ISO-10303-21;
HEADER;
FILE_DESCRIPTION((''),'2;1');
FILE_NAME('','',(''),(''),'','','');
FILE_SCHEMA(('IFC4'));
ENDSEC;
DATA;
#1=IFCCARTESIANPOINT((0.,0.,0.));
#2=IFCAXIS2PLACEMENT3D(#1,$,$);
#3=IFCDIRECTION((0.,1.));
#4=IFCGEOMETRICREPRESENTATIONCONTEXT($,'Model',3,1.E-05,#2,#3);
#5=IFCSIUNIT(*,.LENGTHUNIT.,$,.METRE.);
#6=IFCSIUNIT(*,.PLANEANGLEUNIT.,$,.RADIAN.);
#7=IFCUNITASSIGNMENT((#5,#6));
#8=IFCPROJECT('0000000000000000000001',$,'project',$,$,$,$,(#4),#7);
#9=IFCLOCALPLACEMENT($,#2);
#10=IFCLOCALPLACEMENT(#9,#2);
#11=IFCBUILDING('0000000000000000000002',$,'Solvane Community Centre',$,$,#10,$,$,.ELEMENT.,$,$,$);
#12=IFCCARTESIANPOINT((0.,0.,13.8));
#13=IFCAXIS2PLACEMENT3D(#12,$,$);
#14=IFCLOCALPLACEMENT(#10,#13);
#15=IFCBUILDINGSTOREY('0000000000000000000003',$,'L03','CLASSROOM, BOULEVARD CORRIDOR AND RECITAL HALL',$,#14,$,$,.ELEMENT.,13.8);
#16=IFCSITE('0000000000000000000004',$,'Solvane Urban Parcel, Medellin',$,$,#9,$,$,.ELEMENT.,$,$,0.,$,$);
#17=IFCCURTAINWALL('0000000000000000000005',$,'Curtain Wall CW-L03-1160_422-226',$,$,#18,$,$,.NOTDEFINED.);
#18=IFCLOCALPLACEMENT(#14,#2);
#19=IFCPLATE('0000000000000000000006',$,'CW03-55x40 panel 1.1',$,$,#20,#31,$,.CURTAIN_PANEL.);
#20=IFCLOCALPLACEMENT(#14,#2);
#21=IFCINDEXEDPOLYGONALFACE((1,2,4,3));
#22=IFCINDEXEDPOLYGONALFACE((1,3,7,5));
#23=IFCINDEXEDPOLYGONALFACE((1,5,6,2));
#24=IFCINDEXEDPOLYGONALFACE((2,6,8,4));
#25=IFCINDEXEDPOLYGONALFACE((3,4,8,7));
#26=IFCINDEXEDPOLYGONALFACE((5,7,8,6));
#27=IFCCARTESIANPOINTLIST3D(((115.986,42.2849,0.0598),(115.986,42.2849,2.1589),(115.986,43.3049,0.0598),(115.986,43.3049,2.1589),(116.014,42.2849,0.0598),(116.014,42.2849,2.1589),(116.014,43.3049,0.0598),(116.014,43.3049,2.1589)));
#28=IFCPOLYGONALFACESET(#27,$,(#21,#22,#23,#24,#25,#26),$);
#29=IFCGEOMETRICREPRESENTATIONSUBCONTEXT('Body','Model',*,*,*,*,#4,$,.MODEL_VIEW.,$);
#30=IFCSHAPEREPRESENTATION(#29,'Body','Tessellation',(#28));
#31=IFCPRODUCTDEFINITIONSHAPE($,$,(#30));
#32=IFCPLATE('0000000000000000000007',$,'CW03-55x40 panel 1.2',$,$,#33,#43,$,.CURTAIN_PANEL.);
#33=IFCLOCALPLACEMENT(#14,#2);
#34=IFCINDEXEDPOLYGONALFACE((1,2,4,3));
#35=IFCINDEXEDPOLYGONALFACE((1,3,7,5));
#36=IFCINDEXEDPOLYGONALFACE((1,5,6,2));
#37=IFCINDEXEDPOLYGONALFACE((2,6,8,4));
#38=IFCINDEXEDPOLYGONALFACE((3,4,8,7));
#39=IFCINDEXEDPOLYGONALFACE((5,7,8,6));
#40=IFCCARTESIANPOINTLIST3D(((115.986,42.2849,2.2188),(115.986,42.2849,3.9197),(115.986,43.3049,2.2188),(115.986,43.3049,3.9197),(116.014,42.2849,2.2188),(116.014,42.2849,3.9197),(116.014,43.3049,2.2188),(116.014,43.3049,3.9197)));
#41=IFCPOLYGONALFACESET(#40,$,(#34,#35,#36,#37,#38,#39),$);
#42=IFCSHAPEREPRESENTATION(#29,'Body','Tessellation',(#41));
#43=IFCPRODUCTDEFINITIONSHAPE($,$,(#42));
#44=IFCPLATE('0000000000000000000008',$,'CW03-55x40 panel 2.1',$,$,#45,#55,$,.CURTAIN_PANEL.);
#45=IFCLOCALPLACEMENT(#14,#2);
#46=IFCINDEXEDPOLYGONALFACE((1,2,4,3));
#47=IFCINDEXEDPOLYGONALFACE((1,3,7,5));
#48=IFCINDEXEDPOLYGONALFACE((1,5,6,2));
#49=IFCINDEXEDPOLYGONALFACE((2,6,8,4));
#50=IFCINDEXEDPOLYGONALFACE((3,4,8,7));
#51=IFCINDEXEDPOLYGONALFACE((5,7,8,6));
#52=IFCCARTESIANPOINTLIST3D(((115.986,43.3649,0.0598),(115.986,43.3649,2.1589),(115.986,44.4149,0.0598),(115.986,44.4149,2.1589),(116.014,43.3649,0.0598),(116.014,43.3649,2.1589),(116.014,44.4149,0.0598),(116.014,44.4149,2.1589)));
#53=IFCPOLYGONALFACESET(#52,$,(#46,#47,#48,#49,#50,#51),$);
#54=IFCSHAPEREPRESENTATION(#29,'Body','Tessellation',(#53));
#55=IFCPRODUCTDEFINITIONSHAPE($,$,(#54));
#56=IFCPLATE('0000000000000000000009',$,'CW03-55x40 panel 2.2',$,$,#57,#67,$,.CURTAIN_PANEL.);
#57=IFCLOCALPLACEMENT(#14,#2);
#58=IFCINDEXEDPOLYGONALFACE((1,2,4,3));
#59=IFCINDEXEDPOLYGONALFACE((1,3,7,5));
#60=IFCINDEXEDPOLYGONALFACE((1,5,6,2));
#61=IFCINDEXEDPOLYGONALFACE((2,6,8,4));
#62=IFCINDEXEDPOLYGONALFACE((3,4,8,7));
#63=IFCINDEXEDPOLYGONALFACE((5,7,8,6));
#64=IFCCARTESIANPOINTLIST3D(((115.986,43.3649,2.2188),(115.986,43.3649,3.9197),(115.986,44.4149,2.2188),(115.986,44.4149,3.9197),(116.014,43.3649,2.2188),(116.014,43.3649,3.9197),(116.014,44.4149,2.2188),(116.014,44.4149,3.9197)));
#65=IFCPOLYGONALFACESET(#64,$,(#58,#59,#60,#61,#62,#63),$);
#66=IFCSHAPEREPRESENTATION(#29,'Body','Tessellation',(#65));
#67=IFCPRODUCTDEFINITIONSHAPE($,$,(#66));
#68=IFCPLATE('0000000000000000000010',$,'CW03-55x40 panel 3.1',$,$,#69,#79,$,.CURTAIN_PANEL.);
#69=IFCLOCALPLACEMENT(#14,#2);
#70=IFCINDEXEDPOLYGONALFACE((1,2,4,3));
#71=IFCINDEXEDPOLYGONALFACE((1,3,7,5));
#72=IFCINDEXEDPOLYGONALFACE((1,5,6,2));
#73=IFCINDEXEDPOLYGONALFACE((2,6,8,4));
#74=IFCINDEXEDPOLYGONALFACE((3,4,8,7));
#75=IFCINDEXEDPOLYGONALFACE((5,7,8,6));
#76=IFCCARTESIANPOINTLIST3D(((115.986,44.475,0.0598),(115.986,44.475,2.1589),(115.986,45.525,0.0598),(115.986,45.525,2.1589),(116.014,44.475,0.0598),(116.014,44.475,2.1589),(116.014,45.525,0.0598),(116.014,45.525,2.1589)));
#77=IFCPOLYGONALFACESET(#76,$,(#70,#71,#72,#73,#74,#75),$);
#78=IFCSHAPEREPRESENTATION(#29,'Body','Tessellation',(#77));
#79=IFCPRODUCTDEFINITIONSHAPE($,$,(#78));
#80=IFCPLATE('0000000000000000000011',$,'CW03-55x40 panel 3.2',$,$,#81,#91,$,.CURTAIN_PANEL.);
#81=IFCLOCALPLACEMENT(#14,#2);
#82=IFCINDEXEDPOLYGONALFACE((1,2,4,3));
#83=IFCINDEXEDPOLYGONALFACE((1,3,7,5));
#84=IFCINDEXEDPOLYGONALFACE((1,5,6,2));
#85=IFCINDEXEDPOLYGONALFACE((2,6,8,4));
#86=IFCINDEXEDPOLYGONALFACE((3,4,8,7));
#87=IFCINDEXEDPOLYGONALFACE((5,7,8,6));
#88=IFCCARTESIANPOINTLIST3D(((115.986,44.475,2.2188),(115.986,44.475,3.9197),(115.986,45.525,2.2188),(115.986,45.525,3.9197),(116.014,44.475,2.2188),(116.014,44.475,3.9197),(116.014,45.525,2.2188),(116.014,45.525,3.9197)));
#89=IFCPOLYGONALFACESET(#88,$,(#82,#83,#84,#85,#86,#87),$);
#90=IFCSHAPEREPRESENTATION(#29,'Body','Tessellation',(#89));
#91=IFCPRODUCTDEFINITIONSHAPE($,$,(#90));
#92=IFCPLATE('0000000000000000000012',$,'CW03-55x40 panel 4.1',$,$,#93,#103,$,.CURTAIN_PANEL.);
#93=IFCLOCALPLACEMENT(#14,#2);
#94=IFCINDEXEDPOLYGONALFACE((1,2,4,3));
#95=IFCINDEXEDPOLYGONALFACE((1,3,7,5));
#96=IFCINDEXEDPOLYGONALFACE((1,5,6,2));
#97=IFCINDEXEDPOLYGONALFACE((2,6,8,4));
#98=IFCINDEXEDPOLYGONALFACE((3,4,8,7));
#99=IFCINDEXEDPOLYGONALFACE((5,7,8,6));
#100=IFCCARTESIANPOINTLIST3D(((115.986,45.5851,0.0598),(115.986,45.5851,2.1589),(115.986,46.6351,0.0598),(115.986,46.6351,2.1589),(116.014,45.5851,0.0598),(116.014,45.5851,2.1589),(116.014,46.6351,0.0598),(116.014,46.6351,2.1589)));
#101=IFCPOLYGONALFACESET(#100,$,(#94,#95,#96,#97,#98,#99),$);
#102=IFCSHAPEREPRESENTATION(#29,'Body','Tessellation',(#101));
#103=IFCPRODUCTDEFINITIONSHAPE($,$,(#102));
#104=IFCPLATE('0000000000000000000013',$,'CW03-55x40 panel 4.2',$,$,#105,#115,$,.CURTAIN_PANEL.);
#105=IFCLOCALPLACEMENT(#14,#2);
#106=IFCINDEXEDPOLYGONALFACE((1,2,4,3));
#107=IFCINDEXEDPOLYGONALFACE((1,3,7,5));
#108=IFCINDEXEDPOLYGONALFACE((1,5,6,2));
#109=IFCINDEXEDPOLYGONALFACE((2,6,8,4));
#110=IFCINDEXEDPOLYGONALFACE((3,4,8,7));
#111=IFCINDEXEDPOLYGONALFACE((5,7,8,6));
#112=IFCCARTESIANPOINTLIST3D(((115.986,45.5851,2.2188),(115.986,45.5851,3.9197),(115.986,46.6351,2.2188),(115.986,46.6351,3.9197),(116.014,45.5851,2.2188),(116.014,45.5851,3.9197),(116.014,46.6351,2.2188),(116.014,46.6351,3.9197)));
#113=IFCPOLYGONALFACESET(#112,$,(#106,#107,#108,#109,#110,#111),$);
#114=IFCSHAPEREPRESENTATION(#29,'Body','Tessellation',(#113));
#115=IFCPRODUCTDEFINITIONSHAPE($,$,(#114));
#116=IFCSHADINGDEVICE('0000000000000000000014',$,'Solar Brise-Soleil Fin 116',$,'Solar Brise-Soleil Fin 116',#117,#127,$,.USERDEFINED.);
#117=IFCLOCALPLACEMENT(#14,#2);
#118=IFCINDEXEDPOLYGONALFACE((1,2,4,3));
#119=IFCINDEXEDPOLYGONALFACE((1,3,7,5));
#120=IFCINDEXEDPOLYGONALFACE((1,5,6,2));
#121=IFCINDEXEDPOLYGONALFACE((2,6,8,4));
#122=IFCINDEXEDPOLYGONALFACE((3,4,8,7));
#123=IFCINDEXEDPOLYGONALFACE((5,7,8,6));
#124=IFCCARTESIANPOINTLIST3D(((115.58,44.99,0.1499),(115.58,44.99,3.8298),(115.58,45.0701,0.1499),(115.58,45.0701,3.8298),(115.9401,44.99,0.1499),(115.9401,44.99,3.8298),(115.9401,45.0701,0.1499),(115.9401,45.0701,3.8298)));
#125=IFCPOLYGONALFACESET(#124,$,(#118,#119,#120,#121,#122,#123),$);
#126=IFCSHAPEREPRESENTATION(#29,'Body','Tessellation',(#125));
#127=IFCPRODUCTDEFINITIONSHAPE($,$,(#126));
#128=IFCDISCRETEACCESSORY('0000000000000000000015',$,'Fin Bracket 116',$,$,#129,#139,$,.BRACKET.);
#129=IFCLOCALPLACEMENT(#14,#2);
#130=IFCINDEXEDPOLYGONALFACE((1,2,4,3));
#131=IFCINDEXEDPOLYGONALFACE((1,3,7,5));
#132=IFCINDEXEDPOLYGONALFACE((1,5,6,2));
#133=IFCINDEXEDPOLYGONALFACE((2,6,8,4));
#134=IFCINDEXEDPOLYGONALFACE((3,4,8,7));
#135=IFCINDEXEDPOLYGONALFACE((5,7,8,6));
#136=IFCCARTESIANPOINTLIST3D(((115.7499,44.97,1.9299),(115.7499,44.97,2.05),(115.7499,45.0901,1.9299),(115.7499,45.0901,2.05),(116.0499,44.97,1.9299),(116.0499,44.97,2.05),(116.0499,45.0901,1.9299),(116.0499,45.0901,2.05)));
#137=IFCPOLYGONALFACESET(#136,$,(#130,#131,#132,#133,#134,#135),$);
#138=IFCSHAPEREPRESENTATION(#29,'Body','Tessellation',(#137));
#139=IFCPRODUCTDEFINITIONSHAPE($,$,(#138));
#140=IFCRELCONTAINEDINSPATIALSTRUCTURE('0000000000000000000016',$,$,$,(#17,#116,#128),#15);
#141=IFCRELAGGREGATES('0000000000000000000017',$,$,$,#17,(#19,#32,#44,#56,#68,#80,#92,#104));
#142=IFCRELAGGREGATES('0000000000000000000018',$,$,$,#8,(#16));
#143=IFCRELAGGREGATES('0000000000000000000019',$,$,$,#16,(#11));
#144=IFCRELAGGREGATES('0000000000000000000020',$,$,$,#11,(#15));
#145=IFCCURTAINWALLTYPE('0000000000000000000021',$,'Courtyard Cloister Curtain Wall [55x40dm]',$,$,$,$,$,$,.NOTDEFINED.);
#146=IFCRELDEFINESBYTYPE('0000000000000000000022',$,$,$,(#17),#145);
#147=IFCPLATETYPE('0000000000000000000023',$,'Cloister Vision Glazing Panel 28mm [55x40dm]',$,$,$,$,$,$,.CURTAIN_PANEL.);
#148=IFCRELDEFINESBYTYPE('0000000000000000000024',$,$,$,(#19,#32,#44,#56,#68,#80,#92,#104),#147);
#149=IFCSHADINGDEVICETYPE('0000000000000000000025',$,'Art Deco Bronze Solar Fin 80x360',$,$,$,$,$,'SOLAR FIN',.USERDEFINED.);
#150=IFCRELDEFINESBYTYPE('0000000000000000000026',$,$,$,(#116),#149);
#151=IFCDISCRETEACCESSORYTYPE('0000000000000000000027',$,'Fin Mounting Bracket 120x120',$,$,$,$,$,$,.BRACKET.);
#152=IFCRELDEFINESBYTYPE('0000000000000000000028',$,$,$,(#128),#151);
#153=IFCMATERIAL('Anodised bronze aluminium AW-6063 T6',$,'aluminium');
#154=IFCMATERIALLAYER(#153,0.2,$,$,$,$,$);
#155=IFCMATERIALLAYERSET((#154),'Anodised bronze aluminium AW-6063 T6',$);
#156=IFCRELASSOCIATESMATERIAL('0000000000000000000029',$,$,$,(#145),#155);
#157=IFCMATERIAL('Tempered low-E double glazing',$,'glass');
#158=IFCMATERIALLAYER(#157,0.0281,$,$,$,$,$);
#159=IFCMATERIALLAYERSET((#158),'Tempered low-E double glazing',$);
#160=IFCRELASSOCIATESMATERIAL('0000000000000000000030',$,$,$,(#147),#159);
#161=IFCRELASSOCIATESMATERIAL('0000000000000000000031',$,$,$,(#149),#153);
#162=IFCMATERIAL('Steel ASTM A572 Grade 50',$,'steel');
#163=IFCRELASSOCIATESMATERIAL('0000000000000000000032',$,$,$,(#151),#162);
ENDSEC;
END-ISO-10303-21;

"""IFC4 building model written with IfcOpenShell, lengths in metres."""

from ifc_helpers import new_model, si_unit, direction, frame, origin, origin_2d, place, context, subcontext, project, spatial, rectangle, extrude, material, layer, layer_set, type_object, element, aggregate, save


model = new_model("IFC4")

# Units and contexts
model_context = context("Model", 3, precision=1e-05, world=origin(), true_north=direction((0.0, 1.0)))
body_context = subcontext(model_context, "Body", "Model", "MODEL_VIEW")
ifc_project = project(units=[si_unit("LENGTHUNIT", "METRE"), si_unit("PLANEANGLEUNIT", "RADIAN")], contexts=[model_context])

# Site, building, storey
site_placement = place(None, origin())
site = spatial("IfcSite", under=ifc_project, at=site_placement, Name="Solvane Urban Parcel, Medellin", CompositionType="ELEMENT", RefElevation=0.0)
building_placement = place(site_placement, origin())
building = spatial("IfcBuilding", under=site, at=building_placement, Name="Solvane Community Centre", CompositionType="ELEMENT")
storey_placement = place(building_placement, frame((0.0, 0.0, 13.8)))
storey = spatial("IfcBuildingStorey", under=building, at=storey_placement, Name="L03", Description="CLASSROOM, BOULEVARD CORRIDOR AND RECITAL HALL", CompositionType="ELEMENT", Elevation=13.8)

# Curtain wall
ifc_material_1 = material(Name="Anodised bronze aluminium AW-6063 T6", Category="aluminium")
ifc_layer_1 = layer(ifc_material_1, 0.2)
ifc_layer_set_1 = layer_set([ifc_layer_1], Name="Anodised bronze aluminium AW-6063 T6")
curtain_wall_type = type_object("IfcCurtainWallType", Name="Courtyard Cloister Curtain Wall [55x40dm]", PredefinedType="NOTDEFINED", material=ifc_layer_set_1)
curtain_wall_placement = place(storey_placement, origin())
curtain_wall = element("IfcCurtainWall", 1, at=curtain_wall_placement, inside=storey, type_object=curtain_wall_type, Name="Curtain Wall CW-L03-1160_422-226", PredefinedType="NOTDEFINED")

# Plates
ifc_material_2 = material(Name="Tempered low-E double glazing", Category="glass")
ifc_layer_2 = layer(ifc_material_2, 0.0281)
ifc_layer_set_2 = layer_set([ifc_layer_2], Name="Tempered low-E double glazing")
plate_type = type_object("IfcPlateType", Name="Cloister Vision Glazing Panel 28mm [55x40dm]", PredefinedType="CURTAIN_PANEL", material=ifc_layer_set_2)
plate_1_placement = place(storey_placement, frame((116.0, 42.7949, 0.0598), z_axis=(0.0, 0.0, 1.0), x_axis=(0.0, 1.0, 0.0)))
plate_1 = element("IfcPlate", 2, at=plate_1_placement, type_object=plate_type, Name="CW03-55x40 panel 1.1", PredefinedType="CURTAIN_PANEL", context=body_context, shape_type="SweptSolid", body=[
    extrude(rectangle(XDim=1.02, YDim=0.0281, at=origin_2d()), origin(), (0.0, 0.0, 1.0), 2.0991),
])
plate_2_placement = place(storey_placement, frame((116.0, 42.7949, 2.2188), z_axis=(0.0, 0.0, 1.0), x_axis=(0.0, 1.0, 0.0)))
plate_2 = element("IfcPlate", 3, at=plate_2_placement, type_object=plate_type, Name="CW03-55x40 panel 1.2", PredefinedType="CURTAIN_PANEL", context=body_context, shape_type="SweptSolid", body=[
    extrude(rectangle(XDim=1.02, YDim=0.0281, at=origin_2d()), origin(), (0.0, 0.0, 1.0), 1.7009),
])
plate_3_placement = place(storey_placement, frame((116.0, 43.8899, 0.0598), z_axis=(0.0, 0.0, 1.0), x_axis=(0.0, 1.0, 0.0)))
plate_3 = element("IfcPlate", 4, at=plate_3_placement, type_object=plate_type, Name="CW03-55x40 panel 2.1", PredefinedType="CURTAIN_PANEL", context=body_context, shape_type="SweptSolid", body=[
    extrude(rectangle(XDim=1.05, YDim=0.0281, at=origin_2d()), origin(), (0.0, 0.0, 1.0), 2.0991),
])
plate_4_placement = place(storey_placement, frame((116.0, 43.8899, 2.2188), z_axis=(0.0, 0.0, 1.0), x_axis=(0.0, 1.0, 0.0)))
plate_4 = element("IfcPlate", 5, at=plate_4_placement, type_object=plate_type, Name="CW03-55x40 panel 2.2", PredefinedType="CURTAIN_PANEL", context=body_context, shape_type="SweptSolid", body=[
    extrude(rectangle(XDim=1.05, YDim=0.0281, at=origin_2d()), origin(), (0.0, 0.0, 1.0), 1.7009),
])
plate_5_placement = place(storey_placement, frame((116.0, 45.0, 0.0598), z_axis=(0.0, 0.0, 1.0), x_axis=(0.0, 1.0, 0.0)))
plate_5 = element("IfcPlate", 6, at=plate_5_placement, type_object=plate_type, Name="CW03-55x40 panel 3.1", PredefinedType="CURTAIN_PANEL", context=body_context, shape_type="SweptSolid", body=[
    extrude(rectangle(XDim=1.05, YDim=0.0281, at=origin_2d()), origin(), (0.0, 0.0, 1.0), 2.0991),
])
plate_6_placement = place(storey_placement, frame((116.0, 45.0, 2.2188), z_axis=(0.0, 0.0, 1.0), x_axis=(0.0, 1.0, 0.0)))
plate_6 = element("IfcPlate", 7, at=plate_6_placement, type_object=plate_type, Name="CW03-55x40 panel 3.2", PredefinedType="CURTAIN_PANEL", context=body_context, shape_type="SweptSolid", body=[
    extrude(rectangle(XDim=1.05, YDim=0.0281, at=origin_2d()), origin(), (0.0, 0.0, 1.0), 1.7009),
])
plate_7_placement = place(storey_placement, frame((116.0, 46.1101, 0.0598), z_axis=(0.0, 0.0, 1.0), x_axis=(0.0, 1.0, 0.0)))
plate_7 = element("IfcPlate", 8, at=plate_7_placement, type_object=plate_type, Name="CW03-55x40 panel 4.1", PredefinedType="CURTAIN_PANEL", context=body_context, shape_type="SweptSolid", body=[
    extrude(rectangle(XDim=1.05, YDim=0.0281, at=origin_2d()), origin(), (0.0, 0.0, 1.0), 2.0991),
])
plate_8_placement = place(storey_placement, frame((116.0, 46.1101, 2.2188), z_axis=(0.0, 0.0, 1.0), x_axis=(0.0, 1.0, 0.0)))
plate_8 = element("IfcPlate", 9, at=plate_8_placement, type_object=plate_type, Name="CW03-55x40 panel 4.2", PredefinedType="CURTAIN_PANEL", context=body_context, shape_type="SweptSolid", body=[
    extrude(rectangle(XDim=1.05, YDim=0.0281, at=origin_2d()), origin(), (0.0, 0.0, 1.0), 1.7009),
])
aggregate(curtain_wall, [plate_1, plate_2, plate_3, plate_4, plate_5, plate_6, plate_7, plate_8])

# Shading device
shading_device_type = type_object("IfcShadingDeviceType", Name="Art Deco Bronze Solar Fin 80x360", ElementType="SOLAR FIN", PredefinedType="USERDEFINED", material=ifc_material_1)
shading_device_placement = place(storey_placement, frame((115.76, 45.03, 0.1499), z_axis=(0.0, 0.0, 1.0), x_axis=(0.0, 1.0, 0.0)))
element("IfcShadingDevice", 10, at=shading_device_placement, inside=storey, type_object=shading_device_type, Name="Solar Brise-Soleil Fin 116", ObjectType="Solar Brise-Soleil Fin 116", PredefinedType="USERDEFINED", context=body_context, shape_type="SweptSolid", body=[
    extrude(rectangle(XDim=0.0801, YDim=0.3601, at=origin_2d()), origin(), (0.0, 0.0, 1.0), 3.6799),
])

# Discrete accessory
ifc_material_3 = material(Name="Steel ASTM A572 Grade 50", Category="steel")
discrete_accessory_type = type_object("IfcDiscreteAccessoryType", Name="Fin Mounting Bracket 120x120", PredefinedType="BRACKET", material=ifc_material_3)
discrete_accessory_placement = place(storey_placement, frame((115.8999, 45.03, 1.9299), z_axis=(0.0, 0.0, 1.0), x_axis=(0.0, 1.0, 0.0)))
element("IfcDiscreteAccessory", 11, at=discrete_accessory_placement, inside=storey, type_object=discrete_accessory_type, Name="Fin Bracket 116", PredefinedType="BRACKET", context=body_context, shape_type="SweptSolid", body=[
    extrude(rectangle(XDim=0.1201, YDim=0.3, at=origin_2d()), origin(), (0.0, 0.0, 1.0), 0.1201),
])

save(model, "model.ifc")
